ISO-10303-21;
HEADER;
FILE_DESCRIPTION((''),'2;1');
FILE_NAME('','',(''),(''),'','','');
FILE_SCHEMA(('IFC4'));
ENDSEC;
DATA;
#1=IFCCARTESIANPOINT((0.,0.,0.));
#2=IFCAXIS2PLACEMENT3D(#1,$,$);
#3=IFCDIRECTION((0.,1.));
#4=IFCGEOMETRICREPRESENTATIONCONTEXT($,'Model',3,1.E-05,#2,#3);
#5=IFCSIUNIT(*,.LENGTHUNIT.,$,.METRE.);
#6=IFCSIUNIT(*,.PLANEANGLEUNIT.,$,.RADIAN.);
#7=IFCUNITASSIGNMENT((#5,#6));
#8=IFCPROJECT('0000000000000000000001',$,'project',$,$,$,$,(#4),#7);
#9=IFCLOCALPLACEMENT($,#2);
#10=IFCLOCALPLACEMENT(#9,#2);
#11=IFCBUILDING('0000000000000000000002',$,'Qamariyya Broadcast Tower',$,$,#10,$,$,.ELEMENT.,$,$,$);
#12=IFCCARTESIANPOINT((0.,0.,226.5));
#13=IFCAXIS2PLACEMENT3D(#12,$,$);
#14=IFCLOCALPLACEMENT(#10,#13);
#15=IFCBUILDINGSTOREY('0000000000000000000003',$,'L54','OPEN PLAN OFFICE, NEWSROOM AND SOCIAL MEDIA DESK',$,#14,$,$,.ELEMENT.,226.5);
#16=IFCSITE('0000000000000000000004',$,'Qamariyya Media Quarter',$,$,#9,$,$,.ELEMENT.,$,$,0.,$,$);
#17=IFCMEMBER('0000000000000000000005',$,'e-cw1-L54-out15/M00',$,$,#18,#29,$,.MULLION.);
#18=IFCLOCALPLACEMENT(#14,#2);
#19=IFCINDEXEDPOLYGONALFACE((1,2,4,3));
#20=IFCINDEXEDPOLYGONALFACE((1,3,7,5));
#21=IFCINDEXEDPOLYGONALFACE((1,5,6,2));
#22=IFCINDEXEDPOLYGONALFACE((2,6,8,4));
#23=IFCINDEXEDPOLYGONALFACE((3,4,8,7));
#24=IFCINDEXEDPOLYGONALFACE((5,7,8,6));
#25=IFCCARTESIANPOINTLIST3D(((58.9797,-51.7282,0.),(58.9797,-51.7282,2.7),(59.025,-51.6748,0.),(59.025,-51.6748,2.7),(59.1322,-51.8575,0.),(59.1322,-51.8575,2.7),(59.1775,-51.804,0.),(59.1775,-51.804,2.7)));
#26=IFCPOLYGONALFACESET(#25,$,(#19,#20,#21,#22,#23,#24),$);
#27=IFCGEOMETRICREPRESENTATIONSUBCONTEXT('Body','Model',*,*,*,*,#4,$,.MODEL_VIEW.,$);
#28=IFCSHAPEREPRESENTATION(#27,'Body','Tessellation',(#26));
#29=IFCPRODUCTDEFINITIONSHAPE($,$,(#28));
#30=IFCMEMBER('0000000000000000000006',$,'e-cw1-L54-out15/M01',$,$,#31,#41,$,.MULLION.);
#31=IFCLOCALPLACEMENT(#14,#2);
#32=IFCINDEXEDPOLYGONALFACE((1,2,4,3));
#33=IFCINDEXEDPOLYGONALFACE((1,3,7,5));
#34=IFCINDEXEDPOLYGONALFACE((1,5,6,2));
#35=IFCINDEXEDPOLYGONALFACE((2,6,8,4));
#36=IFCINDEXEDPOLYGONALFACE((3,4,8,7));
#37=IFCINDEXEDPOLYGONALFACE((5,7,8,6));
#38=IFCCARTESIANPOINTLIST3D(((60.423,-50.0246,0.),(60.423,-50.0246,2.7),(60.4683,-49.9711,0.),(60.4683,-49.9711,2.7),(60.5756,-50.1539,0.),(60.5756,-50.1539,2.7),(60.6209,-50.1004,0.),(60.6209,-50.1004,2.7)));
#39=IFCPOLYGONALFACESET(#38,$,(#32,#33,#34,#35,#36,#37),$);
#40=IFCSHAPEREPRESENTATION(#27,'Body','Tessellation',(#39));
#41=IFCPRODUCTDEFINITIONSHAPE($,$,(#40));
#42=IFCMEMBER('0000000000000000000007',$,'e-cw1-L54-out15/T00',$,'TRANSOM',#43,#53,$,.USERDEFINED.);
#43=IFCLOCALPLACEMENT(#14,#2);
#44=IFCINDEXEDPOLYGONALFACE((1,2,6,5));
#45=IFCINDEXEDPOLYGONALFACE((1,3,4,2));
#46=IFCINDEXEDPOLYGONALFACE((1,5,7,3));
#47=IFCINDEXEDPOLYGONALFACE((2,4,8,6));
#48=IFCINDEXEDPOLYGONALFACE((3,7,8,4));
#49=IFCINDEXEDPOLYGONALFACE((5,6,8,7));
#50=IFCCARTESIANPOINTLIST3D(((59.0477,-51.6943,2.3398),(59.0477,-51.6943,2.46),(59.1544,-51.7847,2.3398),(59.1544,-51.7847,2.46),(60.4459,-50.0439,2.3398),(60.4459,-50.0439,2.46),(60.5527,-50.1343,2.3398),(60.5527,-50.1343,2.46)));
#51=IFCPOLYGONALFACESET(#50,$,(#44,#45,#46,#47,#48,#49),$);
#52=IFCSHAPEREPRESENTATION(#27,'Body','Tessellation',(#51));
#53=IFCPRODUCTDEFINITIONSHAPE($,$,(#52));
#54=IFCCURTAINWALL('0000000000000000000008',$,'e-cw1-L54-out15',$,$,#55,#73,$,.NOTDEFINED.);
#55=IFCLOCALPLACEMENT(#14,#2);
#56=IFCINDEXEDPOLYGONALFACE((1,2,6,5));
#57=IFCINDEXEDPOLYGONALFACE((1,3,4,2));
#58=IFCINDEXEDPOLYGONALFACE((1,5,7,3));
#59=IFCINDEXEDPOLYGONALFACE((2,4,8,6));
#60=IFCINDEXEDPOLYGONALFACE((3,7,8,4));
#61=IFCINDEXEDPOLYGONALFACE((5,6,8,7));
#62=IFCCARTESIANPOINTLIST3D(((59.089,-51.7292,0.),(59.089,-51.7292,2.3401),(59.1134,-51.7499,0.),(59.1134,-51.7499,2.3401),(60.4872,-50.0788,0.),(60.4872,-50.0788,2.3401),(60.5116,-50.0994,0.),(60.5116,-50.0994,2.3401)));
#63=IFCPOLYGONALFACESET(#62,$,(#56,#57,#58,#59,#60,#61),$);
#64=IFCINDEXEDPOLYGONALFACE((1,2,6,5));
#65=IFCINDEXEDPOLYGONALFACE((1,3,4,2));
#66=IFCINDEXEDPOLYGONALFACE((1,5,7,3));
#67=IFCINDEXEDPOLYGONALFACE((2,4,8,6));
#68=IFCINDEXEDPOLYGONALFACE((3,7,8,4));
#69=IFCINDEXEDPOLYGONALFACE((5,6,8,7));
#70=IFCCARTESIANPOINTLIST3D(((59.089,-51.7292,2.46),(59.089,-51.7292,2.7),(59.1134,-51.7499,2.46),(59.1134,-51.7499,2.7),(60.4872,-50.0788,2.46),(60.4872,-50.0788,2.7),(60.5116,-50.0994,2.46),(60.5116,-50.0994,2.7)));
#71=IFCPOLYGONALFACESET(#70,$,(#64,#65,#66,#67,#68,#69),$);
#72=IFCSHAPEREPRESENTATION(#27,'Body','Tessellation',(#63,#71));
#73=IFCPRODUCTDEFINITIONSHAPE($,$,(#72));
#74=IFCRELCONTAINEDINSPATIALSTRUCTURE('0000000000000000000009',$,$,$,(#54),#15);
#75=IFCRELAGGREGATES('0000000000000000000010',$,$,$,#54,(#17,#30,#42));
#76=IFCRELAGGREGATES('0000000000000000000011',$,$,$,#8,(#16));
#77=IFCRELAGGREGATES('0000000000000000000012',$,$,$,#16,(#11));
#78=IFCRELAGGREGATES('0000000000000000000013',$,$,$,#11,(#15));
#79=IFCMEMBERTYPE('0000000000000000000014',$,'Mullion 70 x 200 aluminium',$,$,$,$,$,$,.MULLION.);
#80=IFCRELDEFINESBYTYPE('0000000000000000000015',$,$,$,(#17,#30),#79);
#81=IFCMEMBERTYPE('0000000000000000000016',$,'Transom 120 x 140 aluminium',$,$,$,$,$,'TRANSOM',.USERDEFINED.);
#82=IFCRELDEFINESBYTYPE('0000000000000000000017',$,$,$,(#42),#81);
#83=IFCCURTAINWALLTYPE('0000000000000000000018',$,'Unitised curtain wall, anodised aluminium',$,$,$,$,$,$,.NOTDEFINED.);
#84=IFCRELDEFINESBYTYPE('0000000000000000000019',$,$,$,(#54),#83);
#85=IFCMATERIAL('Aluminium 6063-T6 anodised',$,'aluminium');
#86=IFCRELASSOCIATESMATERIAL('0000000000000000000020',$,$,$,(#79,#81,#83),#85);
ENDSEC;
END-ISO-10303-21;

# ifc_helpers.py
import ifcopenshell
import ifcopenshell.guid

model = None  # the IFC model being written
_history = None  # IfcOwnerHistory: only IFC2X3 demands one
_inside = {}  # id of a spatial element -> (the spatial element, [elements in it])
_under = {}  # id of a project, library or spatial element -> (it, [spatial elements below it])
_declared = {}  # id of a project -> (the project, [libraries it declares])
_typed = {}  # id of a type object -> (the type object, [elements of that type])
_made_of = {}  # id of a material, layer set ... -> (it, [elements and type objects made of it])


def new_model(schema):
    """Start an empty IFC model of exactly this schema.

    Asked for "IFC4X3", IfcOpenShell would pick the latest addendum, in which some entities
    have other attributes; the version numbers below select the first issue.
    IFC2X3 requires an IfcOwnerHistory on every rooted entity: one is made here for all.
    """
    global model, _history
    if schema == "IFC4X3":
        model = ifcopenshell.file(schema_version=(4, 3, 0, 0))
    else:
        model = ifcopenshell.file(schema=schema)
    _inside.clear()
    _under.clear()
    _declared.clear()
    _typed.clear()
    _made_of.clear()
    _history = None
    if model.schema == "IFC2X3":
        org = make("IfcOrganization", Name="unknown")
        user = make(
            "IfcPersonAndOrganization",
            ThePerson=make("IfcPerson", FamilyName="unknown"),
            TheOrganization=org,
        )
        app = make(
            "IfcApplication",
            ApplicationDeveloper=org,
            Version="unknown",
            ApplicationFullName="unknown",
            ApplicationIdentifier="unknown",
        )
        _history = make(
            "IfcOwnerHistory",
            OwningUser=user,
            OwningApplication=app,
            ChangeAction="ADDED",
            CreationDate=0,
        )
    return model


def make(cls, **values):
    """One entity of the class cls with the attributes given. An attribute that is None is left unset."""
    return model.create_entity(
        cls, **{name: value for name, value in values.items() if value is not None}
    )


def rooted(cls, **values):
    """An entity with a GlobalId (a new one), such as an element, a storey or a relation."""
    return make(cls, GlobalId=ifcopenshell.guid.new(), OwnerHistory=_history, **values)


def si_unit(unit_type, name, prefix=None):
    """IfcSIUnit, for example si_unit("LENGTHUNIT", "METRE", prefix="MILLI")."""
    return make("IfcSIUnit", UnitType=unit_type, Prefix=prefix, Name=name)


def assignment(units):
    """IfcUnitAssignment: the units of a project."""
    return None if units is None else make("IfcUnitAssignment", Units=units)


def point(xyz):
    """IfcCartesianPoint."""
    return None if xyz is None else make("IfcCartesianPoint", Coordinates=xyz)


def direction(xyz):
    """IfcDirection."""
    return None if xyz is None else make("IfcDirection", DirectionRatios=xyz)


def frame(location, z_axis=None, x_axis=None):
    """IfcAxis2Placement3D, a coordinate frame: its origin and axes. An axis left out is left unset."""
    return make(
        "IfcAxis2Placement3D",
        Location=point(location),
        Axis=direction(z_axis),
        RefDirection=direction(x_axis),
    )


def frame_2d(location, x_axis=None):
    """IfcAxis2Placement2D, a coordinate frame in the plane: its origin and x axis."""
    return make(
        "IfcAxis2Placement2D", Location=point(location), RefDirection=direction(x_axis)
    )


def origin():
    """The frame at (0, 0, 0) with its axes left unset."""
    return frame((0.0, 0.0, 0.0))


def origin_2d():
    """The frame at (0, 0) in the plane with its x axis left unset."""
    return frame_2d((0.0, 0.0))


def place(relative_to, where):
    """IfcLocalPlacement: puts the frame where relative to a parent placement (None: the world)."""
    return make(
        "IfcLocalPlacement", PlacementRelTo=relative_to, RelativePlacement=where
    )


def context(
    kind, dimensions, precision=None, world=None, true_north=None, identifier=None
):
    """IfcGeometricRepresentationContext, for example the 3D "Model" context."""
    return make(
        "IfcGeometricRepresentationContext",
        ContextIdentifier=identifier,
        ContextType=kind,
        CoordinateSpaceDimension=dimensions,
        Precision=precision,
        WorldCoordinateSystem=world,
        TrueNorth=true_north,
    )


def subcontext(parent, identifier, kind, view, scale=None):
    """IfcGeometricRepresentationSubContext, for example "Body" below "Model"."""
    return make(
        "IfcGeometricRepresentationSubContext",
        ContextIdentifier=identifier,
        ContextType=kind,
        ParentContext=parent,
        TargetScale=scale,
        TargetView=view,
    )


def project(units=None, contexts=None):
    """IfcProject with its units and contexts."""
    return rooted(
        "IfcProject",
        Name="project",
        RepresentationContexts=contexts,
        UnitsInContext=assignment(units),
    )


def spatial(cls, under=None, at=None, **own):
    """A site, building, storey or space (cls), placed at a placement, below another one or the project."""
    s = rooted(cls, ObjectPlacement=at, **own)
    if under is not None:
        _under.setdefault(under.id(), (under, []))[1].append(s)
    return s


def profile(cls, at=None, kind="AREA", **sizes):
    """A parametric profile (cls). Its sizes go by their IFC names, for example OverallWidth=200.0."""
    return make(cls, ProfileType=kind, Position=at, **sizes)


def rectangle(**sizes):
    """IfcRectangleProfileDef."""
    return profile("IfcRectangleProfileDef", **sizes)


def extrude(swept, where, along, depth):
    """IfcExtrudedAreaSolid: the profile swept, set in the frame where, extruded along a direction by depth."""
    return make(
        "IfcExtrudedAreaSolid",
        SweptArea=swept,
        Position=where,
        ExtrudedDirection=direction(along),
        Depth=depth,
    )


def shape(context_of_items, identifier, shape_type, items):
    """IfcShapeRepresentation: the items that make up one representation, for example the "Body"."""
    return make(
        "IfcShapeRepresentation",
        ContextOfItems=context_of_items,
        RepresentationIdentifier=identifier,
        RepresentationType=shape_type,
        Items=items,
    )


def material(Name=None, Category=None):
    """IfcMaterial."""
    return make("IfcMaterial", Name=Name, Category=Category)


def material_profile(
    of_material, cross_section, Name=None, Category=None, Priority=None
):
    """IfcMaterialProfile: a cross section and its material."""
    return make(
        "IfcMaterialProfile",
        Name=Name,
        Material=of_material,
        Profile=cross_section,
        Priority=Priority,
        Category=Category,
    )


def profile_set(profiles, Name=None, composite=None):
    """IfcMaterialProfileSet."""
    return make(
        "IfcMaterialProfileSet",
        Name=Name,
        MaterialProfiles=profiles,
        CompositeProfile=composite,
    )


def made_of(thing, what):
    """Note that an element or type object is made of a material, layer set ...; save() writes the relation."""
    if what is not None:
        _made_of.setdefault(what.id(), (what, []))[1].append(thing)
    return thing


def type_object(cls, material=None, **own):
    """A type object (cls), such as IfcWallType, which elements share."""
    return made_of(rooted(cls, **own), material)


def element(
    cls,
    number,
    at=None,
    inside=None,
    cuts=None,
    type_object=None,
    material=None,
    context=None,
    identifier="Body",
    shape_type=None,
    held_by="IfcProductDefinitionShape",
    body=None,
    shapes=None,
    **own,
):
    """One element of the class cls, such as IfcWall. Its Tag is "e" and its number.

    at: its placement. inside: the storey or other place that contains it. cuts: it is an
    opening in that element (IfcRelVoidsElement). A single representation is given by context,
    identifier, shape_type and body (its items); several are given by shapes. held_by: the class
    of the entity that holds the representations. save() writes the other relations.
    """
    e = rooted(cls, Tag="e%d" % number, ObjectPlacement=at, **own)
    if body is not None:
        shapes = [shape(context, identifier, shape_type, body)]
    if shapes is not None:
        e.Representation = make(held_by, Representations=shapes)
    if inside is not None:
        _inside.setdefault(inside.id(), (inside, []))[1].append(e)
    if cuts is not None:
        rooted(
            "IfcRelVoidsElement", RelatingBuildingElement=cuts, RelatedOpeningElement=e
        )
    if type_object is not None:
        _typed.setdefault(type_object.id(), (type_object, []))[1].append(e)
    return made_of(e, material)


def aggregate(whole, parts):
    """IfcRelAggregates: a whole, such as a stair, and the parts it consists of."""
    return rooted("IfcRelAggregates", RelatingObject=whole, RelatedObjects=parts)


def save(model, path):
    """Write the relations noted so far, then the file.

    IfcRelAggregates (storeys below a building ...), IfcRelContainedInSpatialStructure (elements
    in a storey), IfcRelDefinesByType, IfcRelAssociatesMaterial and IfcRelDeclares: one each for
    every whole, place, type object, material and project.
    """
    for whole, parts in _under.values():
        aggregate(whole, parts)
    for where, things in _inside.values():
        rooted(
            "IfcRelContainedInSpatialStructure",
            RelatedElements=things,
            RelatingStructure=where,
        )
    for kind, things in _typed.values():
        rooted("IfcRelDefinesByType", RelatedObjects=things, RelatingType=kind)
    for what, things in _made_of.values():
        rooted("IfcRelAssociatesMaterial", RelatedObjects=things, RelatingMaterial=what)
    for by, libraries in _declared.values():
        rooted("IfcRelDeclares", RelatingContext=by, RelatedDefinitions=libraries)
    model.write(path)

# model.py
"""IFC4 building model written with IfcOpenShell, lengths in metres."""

from ifc_helpers import new_model, si_unit, direction, frame, origin, origin_2d, place, context, subcontext, project, spatial, rectangle, extrude, material, material_profile, profile_set, type_object, element, aggregate, save


model = new_model("IFC4")

# Units and contexts
model_context = context("Model", 3, precision=1e-05, world=origin(), true_north=direction((0.0, 1.0)))
body_context = subcontext(model_context, "Body", "Model", "MODEL_VIEW")
ifc_project = project(units=[si_unit("LENGTHUNIT", "METRE"), si_unit("PLANEANGLEUNIT", "RADIAN")], contexts=[model_context])

# Members
ifc_material = material(Name="Aluminium 6063-T6 anodised", Category="aluminium")
ifc_material_profile_1 = material_profile(ifc_material, rectangle(XDim=0.2, YDim=0.0701, at=origin_2d()))
ifc_profile_set_1 = profile_set([ifc_material_profile_1], Name="Aluminium 6063-T6 anodised")
member_type_1 = type_object("IfcMemberType", Name="Mullion 70 x 200 aluminium", PredefinedType="MULLION", material=ifc_profile_set_1)
site_placement = place(None, origin())
building_placement = place(site_placement, origin())
storey_placement = place(building_placement, frame((0.0, 0.0, 226.5)))
member_1_placement = place(storey_placement, frame((59.0786, -51.7661, 0.0), z_axis=(0.0, 0.0, 1.0), x_axis=(-0.762997, 0.646402, 0.0)))
member_1 = element("IfcMember", 1, at=member_1_placement, type_object=member_type_1, Name="e-cw1-L54-out15/M00", PredefinedType="MULLION", context=body_context, shape_type="SweptSolid", body=[
    extrude(rectangle(XDim=0.2, YDim=0.0701, at=origin_2d()), origin(), (0.0, 0.0, 1.0), 2.7),
])
member_2_placement = place(storey_placement, frame((60.522, -50.0625, 0.0), z_axis=(0.0, 0.0, 1.0), x_axis=(-0.762997, 0.646402, 0.0)))
member_2 = element("IfcMember", 2, at=member_2_placement, type_object=member_type_1, Name="e-cw1-L54-out15/M01", PredefinedType="MULLION", context=body_context, shape_type="SweptSolid", body=[
    extrude(rectangle(XDim=0.2, YDim=0.0701, at=origin_2d()), origin(), (0.0, 0.0, 1.0), 2.7),
])
ifc_material_profile_2 = material_profile(ifc_material, rectangle(XDim=0.1399, YDim=0.1201, at=origin_2d()))
ifc_profile_set_2 = profile_set([ifc_material_profile_2], Name="Aluminium 6063-T6 anodised")
member_type_2 = type_object("IfcMemberType", Name="Transom 120 x 140 aluminium", ElementType="TRANSOM", PredefinedType="USERDEFINED", material=ifc_profile_set_2)
member_3_placement = place(storey_placement, frame((59.1011, -51.7395, 2.3999), z_axis=(0.646403, 0.762997, 0.0), x_axis=(-0.762997, 0.646403, 0.0)))
member_3 = element("IfcMember", 3, at=member_3_placement, type_object=member_type_2, Name="e-cw1-L54-out15/T00", ObjectType="TRANSOM", PredefinedType="USERDEFINED", context=body_context, shape_type="SweptSolid", body=[
    extrude(rectangle(XDim=0.1399, YDim=0.1201, at=origin_2d()), origin(), (0.0, 0.0, 1.0), 2.1631),
])

# Site, building, storey
site = spatial("IfcSite", under=ifc_project, at=site_placement, Name="Qamariyya Media Quarter", CompositionType="ELEMENT", RefElevation=0.0)
building = spatial("IfcBuilding", under=site, at=building_placement, Name="Qamariyya Broadcast Tower", CompositionType="ELEMENT")
storey = spatial("IfcBuildingStorey", under=building, at=storey_placement, Name="L54", Description="OPEN PLAN OFFICE, NEWSROOM AND SOCIAL MEDIA DESK", CompositionType="ELEMENT", Elevation=226.5)

# Curtain wall
curtain_wall_type = type_object("IfcCurtainWallType", Name="Unitised curtain wall, anodised aluminium", PredefinedType="NOTDEFINED", material=ifc_material)
curtain_wall_1_placement = place(storey_placement, origin())
curtain_wall_1 = element("IfcCurtainWall", 4, at=curtain_wall_1_placement, inside=storey, type_object=curtain_wall_type, Name="e-cw1-L54-out15", PredefinedType="NOTDEFINED", context=body_context, shape_type="SweptSolid", body=[
    extrude(rectangle(XDim=2.1631, YDim=0.032, at=origin_2d()), frame((59.8003, -50.9143, 0.0), x_axis=(0.646398, 0.763, 0.0)), (0.0, 0.0, 1.0), 2.3401),
    extrude(rectangle(XDim=2.1631, YDim=0.032, at=origin_2d()), frame((59.8003, -50.9143, 2.46), x_axis=(0.646398, 0.763, 0.0)), (0.0, 0.0, 1.0), 0.24),
])
aggregate(curtain_wall_1, [member_1, member_2, member_3])

save(model, "model.ifc")
